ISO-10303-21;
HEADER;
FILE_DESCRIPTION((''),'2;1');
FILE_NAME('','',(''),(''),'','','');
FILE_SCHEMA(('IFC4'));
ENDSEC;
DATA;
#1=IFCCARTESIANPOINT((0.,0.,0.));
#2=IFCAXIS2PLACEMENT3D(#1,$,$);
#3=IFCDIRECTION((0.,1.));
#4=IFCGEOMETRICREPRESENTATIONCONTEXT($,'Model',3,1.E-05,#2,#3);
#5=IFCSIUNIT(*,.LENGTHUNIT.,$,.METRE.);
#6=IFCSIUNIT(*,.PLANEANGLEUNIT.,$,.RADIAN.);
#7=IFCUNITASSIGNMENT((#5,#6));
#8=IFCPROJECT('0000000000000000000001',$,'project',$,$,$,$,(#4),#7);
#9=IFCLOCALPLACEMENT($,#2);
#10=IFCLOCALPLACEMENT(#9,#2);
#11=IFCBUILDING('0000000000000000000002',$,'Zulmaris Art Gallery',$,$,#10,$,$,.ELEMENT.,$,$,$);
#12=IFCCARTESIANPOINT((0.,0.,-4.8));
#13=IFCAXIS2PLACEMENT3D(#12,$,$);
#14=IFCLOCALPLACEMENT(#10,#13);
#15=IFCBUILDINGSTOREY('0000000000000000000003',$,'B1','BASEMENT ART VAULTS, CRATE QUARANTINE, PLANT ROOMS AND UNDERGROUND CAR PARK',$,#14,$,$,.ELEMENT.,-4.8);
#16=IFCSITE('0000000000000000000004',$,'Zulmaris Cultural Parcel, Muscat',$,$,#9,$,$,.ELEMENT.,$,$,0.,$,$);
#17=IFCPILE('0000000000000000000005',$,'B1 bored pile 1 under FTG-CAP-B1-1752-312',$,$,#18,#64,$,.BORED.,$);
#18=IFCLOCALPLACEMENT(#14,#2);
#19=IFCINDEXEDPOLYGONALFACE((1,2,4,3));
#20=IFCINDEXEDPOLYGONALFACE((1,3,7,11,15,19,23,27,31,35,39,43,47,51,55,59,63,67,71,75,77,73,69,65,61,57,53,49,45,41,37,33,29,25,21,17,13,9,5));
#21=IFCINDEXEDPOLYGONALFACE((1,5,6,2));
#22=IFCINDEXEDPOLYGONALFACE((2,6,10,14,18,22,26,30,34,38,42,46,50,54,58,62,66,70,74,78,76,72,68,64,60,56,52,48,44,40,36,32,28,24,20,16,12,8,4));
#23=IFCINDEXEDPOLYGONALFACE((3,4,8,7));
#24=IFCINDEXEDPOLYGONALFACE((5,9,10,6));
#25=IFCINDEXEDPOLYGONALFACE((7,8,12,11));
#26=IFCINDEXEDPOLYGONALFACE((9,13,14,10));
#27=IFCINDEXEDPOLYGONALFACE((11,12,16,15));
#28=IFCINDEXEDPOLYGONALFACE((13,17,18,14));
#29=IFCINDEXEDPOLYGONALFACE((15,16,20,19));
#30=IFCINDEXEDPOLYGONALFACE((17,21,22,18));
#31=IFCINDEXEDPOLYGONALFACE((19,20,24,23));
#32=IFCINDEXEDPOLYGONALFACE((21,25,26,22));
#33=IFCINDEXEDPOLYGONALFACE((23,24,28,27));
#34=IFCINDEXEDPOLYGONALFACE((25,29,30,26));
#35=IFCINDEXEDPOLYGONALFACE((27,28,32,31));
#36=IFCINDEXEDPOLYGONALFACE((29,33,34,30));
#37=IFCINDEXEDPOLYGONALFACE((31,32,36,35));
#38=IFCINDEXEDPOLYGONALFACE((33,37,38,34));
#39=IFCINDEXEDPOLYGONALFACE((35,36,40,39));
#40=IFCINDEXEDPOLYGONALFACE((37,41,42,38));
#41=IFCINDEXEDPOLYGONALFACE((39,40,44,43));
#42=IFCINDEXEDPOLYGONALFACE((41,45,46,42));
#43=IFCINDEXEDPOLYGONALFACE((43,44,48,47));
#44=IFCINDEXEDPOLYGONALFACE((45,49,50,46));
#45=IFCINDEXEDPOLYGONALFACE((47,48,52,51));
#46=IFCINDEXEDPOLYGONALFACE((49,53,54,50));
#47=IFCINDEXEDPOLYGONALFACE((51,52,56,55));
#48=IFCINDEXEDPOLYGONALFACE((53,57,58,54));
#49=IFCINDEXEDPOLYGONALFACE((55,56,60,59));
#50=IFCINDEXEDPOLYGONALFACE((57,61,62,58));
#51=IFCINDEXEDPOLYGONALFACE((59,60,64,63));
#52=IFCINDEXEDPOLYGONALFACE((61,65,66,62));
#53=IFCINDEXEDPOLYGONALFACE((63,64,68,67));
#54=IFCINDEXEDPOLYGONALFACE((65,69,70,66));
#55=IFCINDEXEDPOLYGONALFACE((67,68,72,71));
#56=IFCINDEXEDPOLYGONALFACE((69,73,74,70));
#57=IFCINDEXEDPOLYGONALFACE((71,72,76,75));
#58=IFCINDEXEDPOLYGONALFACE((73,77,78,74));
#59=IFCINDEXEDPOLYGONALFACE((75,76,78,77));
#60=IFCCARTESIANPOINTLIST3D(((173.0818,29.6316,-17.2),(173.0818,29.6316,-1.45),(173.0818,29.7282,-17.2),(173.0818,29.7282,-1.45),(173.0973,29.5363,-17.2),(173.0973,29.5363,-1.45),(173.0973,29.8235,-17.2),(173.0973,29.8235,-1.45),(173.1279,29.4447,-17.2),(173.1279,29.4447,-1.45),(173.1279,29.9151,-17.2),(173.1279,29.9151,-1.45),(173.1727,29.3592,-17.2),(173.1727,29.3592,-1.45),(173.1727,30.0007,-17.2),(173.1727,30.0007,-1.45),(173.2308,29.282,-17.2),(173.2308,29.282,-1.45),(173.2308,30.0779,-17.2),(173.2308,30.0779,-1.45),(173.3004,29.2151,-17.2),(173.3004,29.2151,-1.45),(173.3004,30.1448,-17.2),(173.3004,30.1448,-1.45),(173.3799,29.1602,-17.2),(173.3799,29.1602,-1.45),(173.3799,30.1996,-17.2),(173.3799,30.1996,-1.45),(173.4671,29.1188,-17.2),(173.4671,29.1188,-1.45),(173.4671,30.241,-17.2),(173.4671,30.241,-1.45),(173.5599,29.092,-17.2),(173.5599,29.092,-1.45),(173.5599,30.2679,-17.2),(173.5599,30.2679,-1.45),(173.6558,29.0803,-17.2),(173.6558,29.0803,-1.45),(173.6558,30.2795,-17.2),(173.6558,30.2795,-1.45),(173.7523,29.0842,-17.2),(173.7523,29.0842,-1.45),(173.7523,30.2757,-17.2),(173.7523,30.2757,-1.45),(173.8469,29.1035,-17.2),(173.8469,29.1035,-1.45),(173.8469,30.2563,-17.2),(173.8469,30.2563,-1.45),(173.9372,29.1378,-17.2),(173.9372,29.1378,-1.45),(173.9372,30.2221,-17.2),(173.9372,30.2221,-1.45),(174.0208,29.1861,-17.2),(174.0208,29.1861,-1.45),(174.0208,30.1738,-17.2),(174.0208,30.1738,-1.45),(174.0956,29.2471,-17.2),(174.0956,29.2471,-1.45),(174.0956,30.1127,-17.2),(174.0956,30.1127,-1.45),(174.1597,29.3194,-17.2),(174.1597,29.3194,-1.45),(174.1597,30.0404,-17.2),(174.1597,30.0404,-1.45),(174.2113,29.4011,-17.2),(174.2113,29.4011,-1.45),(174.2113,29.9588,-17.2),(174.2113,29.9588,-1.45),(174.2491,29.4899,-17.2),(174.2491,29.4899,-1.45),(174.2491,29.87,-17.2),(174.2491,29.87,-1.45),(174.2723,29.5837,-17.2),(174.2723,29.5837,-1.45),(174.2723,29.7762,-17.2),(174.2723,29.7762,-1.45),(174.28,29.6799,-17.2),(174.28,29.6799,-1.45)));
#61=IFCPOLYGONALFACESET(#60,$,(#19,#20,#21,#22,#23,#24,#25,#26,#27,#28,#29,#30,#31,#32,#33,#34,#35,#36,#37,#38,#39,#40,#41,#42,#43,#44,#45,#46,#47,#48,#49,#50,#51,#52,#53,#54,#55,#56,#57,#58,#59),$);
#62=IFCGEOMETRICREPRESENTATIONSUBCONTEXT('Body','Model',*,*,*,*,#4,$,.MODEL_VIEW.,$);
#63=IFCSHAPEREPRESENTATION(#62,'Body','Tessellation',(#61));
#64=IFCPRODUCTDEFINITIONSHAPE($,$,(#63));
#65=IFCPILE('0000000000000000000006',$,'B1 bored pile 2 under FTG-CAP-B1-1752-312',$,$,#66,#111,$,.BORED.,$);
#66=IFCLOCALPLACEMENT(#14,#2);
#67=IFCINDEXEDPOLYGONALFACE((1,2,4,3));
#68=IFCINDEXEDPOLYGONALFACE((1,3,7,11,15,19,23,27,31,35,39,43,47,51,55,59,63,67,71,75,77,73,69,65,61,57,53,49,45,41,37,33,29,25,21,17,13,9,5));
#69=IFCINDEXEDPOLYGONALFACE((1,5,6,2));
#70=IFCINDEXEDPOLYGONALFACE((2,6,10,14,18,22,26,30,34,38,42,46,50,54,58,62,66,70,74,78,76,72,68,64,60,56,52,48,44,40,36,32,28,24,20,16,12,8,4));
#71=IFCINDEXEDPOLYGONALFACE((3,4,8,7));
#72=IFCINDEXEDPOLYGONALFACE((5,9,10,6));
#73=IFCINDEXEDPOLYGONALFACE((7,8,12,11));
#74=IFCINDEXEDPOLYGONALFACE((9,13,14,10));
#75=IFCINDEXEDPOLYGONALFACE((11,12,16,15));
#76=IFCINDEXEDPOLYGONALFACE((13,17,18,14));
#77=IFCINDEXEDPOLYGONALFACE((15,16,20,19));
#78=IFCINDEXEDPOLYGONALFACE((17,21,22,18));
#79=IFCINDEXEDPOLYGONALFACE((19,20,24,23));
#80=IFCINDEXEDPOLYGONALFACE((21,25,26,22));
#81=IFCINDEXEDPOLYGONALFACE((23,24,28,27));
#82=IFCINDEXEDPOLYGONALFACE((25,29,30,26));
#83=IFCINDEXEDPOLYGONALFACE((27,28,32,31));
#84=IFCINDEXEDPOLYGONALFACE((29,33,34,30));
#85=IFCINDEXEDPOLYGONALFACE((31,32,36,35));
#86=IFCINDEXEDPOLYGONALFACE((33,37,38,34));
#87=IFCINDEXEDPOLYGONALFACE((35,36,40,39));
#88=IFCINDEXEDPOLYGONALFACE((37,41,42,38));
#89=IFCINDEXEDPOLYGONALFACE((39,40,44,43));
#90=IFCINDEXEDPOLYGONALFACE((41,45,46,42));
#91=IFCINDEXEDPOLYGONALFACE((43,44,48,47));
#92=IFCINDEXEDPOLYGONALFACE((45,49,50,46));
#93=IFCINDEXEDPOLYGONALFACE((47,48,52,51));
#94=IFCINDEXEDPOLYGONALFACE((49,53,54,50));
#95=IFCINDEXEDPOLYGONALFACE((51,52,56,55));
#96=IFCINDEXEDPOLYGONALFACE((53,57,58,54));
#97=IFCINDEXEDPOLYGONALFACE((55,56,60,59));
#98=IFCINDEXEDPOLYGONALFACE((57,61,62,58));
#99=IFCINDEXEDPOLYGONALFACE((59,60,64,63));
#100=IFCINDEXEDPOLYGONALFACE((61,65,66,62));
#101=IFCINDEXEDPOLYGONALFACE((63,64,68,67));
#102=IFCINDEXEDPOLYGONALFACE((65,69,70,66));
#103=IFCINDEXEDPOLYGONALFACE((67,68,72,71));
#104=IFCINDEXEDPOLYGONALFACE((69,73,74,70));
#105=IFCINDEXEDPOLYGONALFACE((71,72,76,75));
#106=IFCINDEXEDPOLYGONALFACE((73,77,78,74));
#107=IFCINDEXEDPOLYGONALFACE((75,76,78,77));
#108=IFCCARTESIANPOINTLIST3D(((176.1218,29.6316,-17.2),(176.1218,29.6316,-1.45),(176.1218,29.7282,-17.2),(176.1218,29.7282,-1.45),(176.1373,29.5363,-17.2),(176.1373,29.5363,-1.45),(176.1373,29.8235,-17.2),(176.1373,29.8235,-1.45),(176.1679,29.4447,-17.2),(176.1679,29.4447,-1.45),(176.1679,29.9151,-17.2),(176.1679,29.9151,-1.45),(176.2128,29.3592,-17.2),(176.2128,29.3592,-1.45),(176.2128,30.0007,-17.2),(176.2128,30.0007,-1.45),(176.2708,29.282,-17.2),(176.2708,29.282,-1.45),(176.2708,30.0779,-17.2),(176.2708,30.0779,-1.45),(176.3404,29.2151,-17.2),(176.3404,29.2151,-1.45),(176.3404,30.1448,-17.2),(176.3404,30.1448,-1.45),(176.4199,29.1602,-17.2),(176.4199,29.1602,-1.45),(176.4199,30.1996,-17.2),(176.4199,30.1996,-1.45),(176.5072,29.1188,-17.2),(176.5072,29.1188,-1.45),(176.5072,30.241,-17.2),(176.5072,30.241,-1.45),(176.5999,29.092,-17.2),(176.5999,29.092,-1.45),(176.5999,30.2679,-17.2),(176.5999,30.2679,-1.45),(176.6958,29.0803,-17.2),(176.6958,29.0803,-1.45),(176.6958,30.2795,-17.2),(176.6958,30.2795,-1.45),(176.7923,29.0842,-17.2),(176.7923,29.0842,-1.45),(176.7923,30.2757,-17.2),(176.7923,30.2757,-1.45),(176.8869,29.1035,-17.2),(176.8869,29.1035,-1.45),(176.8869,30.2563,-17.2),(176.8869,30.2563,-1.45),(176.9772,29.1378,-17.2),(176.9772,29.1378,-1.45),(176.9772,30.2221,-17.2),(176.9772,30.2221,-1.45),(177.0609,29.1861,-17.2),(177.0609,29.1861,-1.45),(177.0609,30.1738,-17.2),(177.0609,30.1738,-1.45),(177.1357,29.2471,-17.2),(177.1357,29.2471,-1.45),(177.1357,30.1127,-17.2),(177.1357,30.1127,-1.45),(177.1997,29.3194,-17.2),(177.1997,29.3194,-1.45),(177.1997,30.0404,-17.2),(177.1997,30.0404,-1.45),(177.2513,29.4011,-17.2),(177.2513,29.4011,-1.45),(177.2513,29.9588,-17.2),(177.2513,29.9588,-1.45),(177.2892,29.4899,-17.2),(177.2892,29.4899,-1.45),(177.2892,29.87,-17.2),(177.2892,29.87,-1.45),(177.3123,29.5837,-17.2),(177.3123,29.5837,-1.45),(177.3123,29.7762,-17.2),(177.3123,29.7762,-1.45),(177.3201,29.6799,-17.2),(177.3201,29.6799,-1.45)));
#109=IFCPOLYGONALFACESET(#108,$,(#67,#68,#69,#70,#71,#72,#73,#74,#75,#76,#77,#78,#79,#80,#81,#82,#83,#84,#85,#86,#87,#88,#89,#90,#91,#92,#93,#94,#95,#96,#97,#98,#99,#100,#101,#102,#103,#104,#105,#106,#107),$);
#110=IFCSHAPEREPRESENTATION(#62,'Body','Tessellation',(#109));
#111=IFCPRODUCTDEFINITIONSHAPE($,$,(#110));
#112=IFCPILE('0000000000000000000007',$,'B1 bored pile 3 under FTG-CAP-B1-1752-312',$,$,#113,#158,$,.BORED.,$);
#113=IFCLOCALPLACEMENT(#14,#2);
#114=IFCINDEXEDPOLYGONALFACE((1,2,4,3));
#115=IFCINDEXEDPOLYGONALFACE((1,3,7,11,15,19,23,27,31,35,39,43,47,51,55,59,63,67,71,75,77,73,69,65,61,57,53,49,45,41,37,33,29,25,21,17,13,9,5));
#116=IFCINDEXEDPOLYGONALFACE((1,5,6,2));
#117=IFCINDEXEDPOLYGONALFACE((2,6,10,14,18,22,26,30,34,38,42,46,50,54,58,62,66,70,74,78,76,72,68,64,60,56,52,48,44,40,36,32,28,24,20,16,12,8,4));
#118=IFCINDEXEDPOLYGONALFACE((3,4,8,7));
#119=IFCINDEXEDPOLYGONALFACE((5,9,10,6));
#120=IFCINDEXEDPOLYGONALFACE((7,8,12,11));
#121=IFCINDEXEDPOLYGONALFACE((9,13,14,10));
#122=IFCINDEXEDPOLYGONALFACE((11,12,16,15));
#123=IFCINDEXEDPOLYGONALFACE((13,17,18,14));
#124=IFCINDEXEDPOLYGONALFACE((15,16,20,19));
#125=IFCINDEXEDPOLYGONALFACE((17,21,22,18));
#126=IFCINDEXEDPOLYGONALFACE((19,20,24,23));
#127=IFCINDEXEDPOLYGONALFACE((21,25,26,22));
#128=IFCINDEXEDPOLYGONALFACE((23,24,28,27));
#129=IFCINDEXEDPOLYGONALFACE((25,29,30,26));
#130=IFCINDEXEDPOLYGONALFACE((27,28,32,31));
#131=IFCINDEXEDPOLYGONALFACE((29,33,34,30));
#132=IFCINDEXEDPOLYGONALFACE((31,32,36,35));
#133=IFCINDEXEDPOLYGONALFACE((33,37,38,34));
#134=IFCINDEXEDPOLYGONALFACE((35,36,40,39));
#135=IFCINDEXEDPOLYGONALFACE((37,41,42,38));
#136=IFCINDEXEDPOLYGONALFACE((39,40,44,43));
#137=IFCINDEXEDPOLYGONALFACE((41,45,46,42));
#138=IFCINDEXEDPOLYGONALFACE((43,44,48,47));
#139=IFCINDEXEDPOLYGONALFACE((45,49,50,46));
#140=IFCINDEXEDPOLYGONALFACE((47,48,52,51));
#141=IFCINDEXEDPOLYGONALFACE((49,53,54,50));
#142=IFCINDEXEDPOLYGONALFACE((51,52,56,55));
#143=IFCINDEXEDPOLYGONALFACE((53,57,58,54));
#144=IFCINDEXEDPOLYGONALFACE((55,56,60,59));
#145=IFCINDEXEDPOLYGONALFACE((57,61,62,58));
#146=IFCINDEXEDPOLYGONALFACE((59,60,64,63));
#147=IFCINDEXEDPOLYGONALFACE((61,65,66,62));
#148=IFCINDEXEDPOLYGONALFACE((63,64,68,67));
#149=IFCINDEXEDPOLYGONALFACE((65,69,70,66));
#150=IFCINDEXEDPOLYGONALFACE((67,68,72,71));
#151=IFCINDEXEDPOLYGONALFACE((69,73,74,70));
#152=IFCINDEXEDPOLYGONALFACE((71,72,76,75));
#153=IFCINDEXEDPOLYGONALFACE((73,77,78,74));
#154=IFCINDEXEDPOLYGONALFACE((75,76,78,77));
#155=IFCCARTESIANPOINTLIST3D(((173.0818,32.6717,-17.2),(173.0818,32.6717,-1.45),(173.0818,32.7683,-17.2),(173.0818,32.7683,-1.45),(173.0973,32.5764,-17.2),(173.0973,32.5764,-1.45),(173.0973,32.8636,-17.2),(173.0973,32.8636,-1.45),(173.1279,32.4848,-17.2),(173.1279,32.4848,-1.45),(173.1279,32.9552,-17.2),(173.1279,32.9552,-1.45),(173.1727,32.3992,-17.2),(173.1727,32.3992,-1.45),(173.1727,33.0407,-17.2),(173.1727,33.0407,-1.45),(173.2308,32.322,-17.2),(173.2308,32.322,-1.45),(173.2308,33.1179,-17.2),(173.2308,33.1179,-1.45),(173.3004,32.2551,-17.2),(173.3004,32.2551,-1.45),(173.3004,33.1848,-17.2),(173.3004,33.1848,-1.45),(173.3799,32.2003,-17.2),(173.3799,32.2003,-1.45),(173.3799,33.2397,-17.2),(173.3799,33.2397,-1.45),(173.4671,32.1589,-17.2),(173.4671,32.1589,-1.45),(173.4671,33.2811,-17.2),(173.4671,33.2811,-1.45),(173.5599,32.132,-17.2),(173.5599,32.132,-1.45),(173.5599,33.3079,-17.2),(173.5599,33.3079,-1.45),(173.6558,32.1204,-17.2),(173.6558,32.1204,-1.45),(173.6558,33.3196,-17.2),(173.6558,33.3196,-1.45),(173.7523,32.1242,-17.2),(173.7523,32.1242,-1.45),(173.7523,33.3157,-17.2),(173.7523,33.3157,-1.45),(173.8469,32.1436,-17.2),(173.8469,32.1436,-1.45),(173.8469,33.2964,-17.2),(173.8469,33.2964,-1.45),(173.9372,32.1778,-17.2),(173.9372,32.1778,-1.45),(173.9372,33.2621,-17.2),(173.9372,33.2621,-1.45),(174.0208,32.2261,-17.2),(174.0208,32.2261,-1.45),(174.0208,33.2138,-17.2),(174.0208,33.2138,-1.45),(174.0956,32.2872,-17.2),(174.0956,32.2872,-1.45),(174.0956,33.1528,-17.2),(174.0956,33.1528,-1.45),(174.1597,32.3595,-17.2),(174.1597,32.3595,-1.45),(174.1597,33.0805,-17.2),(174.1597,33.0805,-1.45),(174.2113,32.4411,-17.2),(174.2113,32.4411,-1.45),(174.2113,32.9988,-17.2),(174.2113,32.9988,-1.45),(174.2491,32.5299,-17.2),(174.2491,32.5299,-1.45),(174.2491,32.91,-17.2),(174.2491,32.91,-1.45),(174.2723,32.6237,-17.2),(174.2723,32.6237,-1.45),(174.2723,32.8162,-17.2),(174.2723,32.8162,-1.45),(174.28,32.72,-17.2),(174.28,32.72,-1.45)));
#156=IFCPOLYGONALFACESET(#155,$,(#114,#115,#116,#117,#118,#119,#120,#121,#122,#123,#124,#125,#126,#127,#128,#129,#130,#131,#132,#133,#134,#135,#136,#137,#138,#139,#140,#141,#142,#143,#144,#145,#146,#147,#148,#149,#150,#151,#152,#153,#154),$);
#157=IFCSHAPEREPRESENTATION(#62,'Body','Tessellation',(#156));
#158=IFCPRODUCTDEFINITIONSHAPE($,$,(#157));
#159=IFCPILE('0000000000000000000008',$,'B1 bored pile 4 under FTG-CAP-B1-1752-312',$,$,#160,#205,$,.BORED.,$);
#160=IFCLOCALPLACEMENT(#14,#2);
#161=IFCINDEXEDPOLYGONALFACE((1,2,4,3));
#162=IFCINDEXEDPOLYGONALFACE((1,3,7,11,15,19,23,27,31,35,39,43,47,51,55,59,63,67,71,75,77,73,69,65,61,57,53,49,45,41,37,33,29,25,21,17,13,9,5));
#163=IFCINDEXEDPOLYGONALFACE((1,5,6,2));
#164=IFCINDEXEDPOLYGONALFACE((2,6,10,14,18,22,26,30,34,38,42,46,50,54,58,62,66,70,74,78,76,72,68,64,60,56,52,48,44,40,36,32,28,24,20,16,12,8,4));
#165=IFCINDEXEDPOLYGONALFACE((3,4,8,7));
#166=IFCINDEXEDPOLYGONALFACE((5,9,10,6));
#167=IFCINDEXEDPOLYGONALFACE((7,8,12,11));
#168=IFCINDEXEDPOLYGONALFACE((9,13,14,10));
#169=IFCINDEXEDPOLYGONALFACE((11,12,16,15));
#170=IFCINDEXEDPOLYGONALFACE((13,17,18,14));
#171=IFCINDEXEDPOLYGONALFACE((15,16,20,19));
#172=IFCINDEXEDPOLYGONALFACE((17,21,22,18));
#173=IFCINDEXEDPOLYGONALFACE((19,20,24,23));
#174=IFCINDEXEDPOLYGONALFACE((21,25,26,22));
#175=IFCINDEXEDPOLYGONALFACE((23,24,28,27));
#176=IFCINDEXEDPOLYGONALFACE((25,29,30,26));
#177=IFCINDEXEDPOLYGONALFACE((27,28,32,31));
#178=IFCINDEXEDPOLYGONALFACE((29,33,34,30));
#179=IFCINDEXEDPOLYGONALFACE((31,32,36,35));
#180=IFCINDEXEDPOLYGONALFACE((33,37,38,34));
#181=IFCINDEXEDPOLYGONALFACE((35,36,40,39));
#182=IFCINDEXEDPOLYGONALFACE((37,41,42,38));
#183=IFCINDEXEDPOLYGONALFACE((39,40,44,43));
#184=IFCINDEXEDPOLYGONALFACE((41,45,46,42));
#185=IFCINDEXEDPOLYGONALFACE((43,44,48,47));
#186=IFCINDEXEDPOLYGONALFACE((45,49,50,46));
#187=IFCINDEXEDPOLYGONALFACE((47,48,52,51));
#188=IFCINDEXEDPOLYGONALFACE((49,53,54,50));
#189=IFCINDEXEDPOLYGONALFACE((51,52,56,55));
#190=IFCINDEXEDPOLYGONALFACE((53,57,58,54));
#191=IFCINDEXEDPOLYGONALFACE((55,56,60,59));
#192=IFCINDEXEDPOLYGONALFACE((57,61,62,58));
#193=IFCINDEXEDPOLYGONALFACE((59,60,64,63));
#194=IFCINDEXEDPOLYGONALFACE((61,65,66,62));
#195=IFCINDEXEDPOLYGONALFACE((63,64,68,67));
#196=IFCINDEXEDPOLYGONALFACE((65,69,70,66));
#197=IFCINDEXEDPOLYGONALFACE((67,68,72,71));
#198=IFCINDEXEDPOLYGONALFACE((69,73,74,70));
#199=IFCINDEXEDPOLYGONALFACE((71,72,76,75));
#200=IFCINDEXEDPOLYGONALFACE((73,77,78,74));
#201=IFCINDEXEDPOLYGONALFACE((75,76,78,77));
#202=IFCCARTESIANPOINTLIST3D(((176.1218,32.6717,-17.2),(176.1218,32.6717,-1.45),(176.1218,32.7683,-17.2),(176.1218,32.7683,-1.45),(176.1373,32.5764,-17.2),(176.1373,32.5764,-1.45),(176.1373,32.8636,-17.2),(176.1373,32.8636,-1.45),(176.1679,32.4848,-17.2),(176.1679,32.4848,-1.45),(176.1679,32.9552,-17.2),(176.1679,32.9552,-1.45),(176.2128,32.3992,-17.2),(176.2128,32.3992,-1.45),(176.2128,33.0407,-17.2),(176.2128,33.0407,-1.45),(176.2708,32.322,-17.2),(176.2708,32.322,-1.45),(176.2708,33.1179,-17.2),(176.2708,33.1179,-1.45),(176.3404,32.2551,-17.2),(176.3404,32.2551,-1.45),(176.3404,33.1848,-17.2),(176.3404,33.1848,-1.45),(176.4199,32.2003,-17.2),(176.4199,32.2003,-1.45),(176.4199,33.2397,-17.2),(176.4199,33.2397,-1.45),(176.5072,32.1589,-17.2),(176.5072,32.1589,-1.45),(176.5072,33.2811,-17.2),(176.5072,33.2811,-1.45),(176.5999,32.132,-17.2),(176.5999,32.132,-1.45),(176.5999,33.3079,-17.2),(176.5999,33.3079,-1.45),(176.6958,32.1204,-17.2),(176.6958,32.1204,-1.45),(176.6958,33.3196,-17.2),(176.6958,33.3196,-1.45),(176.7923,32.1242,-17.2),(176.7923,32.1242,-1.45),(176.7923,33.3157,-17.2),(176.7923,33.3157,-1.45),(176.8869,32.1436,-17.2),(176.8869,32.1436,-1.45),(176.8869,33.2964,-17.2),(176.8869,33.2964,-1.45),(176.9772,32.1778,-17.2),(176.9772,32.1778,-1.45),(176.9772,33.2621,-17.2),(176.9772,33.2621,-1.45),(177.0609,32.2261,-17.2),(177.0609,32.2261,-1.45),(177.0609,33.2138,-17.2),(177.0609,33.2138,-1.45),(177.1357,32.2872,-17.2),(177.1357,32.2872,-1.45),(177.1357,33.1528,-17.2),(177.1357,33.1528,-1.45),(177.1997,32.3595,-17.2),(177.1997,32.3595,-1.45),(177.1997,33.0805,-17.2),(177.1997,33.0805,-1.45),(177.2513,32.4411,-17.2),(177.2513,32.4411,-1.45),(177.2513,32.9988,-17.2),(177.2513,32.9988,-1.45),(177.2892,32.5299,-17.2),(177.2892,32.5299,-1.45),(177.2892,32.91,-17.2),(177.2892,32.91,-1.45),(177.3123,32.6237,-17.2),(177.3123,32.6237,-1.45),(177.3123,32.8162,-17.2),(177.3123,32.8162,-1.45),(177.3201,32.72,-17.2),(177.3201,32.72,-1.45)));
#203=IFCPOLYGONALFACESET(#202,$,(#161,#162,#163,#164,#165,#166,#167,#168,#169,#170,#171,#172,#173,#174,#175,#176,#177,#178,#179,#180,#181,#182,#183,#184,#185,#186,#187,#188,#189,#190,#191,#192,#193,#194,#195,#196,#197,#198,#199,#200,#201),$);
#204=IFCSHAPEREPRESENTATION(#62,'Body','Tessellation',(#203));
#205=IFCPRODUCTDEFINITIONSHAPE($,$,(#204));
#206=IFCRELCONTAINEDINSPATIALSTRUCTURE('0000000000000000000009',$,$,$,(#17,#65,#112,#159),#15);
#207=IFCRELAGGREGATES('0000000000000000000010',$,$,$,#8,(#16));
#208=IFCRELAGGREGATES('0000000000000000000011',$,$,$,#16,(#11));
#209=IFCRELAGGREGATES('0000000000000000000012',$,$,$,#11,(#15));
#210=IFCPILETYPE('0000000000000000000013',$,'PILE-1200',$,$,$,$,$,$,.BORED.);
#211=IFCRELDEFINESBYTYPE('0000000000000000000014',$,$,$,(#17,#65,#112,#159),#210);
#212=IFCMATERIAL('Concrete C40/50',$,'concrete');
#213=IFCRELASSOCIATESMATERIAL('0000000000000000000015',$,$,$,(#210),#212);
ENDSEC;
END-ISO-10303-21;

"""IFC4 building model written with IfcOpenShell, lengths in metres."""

from ifc_helpers import new_model, si_unit, direction, frame, origin, origin_2d, place, context, subcontext, project, spatial, circle, extrude, material, material_profile, profile_set, type_object, element, save


model = new_model("IFC4")

# Units and contexts
model_context = context("Model", 3, precision=1e-05, world=origin(), true_north=direction((0.0, 1.0)))
body_context = subcontext(model_context, "Body", "Model", "MODEL_VIEW")
ifc_project = project(units=[si_unit("LENGTHUNIT", "METRE"), si_unit("PLANEANGLEUNIT", "RADIAN")], contexts=[model_context])

# Site, building, storey
site_placement = place(None, origin())
site = spatial("IfcSite", under=ifc_project, at=site_placement, Name="Zulmaris Cultural Parcel, Muscat", CompositionType="ELEMENT", RefElevation=0.0)
building_placement = place(site_placement, origin())
building = spatial("IfcBuilding", under=site, at=building_placement, Name="Zulmaris Art Gallery", CompositionType="ELEMENT")
storey_placement = place(building_placement, frame((0.0, 0.0, -4.8)))
storey = spatial("IfcBuildingStorey", under=building, at=storey_placement, Name="B1", Description="BASEMENT ART VAULTS, CRATE QUARANTINE, PLANT ROOMS AND UNDERGROUND CAR PARK", CompositionType="ELEMENT", Elevation=-4.8)

# Piles
ifc_material_1 = material(Name="Concrete C40/50", Category="concrete")
ifc_material_profile_1 = material_profile(ifc_material_1, circle(Radius=0.6001, at=origin_2d()), Name="PILE DIA 1200")
ifc_profile_set_1 = profile_set([ifc_material_profile_1], Name="Concrete C40/50")
pile_type = type_object("IfcPileType", Name="PILE-1200", PredefinedType="BORED", material=ifc_profile_set_1)
for number, where, z_axis, x_axis, name in (
    (1, (173.6799, 29.6799, -1.45), (0.0, 0.0, -1.0), (1.0, 0.0, 0.0), "B1 bored pile 1 under FTG-CAP-B1-1752-312"),
    (2, (176.72, 29.6799, -1.45), (0.0, 0.0, -1.0), (1.0, 0.0, 0.0), "B1 bored pile 2 under FTG-CAP-B1-1752-312"),
    (3, (173.6799, 32.72, -1.45), (0.0, 0.0, -1.0), (1.0, 0.0, 0.0), "B1 bored pile 3 under FTG-CAP-B1-1752-312"),
    (4, (176.72, 32.72, -1.45), (0.0, 0.0, -1.0), (1.0, 0.0, 0.0), "B1 bored pile 4 under FTG-CAP-B1-1752-312"),
):
    element("IfcPile", number, at=place(storey_placement, frame(where, z_axis=z_axis, x_axis=x_axis)), inside=storey, type_object=pile_type, Name=name, PredefinedType="BORED", context=body_context, shape_type="SweptSolid", body=[
        extrude(circle(Radius=0.6001, at=origin_2d()), origin(), (0.0, 0.0, 1.0), 15.75),
    ])

save(model, "model.ifc")
